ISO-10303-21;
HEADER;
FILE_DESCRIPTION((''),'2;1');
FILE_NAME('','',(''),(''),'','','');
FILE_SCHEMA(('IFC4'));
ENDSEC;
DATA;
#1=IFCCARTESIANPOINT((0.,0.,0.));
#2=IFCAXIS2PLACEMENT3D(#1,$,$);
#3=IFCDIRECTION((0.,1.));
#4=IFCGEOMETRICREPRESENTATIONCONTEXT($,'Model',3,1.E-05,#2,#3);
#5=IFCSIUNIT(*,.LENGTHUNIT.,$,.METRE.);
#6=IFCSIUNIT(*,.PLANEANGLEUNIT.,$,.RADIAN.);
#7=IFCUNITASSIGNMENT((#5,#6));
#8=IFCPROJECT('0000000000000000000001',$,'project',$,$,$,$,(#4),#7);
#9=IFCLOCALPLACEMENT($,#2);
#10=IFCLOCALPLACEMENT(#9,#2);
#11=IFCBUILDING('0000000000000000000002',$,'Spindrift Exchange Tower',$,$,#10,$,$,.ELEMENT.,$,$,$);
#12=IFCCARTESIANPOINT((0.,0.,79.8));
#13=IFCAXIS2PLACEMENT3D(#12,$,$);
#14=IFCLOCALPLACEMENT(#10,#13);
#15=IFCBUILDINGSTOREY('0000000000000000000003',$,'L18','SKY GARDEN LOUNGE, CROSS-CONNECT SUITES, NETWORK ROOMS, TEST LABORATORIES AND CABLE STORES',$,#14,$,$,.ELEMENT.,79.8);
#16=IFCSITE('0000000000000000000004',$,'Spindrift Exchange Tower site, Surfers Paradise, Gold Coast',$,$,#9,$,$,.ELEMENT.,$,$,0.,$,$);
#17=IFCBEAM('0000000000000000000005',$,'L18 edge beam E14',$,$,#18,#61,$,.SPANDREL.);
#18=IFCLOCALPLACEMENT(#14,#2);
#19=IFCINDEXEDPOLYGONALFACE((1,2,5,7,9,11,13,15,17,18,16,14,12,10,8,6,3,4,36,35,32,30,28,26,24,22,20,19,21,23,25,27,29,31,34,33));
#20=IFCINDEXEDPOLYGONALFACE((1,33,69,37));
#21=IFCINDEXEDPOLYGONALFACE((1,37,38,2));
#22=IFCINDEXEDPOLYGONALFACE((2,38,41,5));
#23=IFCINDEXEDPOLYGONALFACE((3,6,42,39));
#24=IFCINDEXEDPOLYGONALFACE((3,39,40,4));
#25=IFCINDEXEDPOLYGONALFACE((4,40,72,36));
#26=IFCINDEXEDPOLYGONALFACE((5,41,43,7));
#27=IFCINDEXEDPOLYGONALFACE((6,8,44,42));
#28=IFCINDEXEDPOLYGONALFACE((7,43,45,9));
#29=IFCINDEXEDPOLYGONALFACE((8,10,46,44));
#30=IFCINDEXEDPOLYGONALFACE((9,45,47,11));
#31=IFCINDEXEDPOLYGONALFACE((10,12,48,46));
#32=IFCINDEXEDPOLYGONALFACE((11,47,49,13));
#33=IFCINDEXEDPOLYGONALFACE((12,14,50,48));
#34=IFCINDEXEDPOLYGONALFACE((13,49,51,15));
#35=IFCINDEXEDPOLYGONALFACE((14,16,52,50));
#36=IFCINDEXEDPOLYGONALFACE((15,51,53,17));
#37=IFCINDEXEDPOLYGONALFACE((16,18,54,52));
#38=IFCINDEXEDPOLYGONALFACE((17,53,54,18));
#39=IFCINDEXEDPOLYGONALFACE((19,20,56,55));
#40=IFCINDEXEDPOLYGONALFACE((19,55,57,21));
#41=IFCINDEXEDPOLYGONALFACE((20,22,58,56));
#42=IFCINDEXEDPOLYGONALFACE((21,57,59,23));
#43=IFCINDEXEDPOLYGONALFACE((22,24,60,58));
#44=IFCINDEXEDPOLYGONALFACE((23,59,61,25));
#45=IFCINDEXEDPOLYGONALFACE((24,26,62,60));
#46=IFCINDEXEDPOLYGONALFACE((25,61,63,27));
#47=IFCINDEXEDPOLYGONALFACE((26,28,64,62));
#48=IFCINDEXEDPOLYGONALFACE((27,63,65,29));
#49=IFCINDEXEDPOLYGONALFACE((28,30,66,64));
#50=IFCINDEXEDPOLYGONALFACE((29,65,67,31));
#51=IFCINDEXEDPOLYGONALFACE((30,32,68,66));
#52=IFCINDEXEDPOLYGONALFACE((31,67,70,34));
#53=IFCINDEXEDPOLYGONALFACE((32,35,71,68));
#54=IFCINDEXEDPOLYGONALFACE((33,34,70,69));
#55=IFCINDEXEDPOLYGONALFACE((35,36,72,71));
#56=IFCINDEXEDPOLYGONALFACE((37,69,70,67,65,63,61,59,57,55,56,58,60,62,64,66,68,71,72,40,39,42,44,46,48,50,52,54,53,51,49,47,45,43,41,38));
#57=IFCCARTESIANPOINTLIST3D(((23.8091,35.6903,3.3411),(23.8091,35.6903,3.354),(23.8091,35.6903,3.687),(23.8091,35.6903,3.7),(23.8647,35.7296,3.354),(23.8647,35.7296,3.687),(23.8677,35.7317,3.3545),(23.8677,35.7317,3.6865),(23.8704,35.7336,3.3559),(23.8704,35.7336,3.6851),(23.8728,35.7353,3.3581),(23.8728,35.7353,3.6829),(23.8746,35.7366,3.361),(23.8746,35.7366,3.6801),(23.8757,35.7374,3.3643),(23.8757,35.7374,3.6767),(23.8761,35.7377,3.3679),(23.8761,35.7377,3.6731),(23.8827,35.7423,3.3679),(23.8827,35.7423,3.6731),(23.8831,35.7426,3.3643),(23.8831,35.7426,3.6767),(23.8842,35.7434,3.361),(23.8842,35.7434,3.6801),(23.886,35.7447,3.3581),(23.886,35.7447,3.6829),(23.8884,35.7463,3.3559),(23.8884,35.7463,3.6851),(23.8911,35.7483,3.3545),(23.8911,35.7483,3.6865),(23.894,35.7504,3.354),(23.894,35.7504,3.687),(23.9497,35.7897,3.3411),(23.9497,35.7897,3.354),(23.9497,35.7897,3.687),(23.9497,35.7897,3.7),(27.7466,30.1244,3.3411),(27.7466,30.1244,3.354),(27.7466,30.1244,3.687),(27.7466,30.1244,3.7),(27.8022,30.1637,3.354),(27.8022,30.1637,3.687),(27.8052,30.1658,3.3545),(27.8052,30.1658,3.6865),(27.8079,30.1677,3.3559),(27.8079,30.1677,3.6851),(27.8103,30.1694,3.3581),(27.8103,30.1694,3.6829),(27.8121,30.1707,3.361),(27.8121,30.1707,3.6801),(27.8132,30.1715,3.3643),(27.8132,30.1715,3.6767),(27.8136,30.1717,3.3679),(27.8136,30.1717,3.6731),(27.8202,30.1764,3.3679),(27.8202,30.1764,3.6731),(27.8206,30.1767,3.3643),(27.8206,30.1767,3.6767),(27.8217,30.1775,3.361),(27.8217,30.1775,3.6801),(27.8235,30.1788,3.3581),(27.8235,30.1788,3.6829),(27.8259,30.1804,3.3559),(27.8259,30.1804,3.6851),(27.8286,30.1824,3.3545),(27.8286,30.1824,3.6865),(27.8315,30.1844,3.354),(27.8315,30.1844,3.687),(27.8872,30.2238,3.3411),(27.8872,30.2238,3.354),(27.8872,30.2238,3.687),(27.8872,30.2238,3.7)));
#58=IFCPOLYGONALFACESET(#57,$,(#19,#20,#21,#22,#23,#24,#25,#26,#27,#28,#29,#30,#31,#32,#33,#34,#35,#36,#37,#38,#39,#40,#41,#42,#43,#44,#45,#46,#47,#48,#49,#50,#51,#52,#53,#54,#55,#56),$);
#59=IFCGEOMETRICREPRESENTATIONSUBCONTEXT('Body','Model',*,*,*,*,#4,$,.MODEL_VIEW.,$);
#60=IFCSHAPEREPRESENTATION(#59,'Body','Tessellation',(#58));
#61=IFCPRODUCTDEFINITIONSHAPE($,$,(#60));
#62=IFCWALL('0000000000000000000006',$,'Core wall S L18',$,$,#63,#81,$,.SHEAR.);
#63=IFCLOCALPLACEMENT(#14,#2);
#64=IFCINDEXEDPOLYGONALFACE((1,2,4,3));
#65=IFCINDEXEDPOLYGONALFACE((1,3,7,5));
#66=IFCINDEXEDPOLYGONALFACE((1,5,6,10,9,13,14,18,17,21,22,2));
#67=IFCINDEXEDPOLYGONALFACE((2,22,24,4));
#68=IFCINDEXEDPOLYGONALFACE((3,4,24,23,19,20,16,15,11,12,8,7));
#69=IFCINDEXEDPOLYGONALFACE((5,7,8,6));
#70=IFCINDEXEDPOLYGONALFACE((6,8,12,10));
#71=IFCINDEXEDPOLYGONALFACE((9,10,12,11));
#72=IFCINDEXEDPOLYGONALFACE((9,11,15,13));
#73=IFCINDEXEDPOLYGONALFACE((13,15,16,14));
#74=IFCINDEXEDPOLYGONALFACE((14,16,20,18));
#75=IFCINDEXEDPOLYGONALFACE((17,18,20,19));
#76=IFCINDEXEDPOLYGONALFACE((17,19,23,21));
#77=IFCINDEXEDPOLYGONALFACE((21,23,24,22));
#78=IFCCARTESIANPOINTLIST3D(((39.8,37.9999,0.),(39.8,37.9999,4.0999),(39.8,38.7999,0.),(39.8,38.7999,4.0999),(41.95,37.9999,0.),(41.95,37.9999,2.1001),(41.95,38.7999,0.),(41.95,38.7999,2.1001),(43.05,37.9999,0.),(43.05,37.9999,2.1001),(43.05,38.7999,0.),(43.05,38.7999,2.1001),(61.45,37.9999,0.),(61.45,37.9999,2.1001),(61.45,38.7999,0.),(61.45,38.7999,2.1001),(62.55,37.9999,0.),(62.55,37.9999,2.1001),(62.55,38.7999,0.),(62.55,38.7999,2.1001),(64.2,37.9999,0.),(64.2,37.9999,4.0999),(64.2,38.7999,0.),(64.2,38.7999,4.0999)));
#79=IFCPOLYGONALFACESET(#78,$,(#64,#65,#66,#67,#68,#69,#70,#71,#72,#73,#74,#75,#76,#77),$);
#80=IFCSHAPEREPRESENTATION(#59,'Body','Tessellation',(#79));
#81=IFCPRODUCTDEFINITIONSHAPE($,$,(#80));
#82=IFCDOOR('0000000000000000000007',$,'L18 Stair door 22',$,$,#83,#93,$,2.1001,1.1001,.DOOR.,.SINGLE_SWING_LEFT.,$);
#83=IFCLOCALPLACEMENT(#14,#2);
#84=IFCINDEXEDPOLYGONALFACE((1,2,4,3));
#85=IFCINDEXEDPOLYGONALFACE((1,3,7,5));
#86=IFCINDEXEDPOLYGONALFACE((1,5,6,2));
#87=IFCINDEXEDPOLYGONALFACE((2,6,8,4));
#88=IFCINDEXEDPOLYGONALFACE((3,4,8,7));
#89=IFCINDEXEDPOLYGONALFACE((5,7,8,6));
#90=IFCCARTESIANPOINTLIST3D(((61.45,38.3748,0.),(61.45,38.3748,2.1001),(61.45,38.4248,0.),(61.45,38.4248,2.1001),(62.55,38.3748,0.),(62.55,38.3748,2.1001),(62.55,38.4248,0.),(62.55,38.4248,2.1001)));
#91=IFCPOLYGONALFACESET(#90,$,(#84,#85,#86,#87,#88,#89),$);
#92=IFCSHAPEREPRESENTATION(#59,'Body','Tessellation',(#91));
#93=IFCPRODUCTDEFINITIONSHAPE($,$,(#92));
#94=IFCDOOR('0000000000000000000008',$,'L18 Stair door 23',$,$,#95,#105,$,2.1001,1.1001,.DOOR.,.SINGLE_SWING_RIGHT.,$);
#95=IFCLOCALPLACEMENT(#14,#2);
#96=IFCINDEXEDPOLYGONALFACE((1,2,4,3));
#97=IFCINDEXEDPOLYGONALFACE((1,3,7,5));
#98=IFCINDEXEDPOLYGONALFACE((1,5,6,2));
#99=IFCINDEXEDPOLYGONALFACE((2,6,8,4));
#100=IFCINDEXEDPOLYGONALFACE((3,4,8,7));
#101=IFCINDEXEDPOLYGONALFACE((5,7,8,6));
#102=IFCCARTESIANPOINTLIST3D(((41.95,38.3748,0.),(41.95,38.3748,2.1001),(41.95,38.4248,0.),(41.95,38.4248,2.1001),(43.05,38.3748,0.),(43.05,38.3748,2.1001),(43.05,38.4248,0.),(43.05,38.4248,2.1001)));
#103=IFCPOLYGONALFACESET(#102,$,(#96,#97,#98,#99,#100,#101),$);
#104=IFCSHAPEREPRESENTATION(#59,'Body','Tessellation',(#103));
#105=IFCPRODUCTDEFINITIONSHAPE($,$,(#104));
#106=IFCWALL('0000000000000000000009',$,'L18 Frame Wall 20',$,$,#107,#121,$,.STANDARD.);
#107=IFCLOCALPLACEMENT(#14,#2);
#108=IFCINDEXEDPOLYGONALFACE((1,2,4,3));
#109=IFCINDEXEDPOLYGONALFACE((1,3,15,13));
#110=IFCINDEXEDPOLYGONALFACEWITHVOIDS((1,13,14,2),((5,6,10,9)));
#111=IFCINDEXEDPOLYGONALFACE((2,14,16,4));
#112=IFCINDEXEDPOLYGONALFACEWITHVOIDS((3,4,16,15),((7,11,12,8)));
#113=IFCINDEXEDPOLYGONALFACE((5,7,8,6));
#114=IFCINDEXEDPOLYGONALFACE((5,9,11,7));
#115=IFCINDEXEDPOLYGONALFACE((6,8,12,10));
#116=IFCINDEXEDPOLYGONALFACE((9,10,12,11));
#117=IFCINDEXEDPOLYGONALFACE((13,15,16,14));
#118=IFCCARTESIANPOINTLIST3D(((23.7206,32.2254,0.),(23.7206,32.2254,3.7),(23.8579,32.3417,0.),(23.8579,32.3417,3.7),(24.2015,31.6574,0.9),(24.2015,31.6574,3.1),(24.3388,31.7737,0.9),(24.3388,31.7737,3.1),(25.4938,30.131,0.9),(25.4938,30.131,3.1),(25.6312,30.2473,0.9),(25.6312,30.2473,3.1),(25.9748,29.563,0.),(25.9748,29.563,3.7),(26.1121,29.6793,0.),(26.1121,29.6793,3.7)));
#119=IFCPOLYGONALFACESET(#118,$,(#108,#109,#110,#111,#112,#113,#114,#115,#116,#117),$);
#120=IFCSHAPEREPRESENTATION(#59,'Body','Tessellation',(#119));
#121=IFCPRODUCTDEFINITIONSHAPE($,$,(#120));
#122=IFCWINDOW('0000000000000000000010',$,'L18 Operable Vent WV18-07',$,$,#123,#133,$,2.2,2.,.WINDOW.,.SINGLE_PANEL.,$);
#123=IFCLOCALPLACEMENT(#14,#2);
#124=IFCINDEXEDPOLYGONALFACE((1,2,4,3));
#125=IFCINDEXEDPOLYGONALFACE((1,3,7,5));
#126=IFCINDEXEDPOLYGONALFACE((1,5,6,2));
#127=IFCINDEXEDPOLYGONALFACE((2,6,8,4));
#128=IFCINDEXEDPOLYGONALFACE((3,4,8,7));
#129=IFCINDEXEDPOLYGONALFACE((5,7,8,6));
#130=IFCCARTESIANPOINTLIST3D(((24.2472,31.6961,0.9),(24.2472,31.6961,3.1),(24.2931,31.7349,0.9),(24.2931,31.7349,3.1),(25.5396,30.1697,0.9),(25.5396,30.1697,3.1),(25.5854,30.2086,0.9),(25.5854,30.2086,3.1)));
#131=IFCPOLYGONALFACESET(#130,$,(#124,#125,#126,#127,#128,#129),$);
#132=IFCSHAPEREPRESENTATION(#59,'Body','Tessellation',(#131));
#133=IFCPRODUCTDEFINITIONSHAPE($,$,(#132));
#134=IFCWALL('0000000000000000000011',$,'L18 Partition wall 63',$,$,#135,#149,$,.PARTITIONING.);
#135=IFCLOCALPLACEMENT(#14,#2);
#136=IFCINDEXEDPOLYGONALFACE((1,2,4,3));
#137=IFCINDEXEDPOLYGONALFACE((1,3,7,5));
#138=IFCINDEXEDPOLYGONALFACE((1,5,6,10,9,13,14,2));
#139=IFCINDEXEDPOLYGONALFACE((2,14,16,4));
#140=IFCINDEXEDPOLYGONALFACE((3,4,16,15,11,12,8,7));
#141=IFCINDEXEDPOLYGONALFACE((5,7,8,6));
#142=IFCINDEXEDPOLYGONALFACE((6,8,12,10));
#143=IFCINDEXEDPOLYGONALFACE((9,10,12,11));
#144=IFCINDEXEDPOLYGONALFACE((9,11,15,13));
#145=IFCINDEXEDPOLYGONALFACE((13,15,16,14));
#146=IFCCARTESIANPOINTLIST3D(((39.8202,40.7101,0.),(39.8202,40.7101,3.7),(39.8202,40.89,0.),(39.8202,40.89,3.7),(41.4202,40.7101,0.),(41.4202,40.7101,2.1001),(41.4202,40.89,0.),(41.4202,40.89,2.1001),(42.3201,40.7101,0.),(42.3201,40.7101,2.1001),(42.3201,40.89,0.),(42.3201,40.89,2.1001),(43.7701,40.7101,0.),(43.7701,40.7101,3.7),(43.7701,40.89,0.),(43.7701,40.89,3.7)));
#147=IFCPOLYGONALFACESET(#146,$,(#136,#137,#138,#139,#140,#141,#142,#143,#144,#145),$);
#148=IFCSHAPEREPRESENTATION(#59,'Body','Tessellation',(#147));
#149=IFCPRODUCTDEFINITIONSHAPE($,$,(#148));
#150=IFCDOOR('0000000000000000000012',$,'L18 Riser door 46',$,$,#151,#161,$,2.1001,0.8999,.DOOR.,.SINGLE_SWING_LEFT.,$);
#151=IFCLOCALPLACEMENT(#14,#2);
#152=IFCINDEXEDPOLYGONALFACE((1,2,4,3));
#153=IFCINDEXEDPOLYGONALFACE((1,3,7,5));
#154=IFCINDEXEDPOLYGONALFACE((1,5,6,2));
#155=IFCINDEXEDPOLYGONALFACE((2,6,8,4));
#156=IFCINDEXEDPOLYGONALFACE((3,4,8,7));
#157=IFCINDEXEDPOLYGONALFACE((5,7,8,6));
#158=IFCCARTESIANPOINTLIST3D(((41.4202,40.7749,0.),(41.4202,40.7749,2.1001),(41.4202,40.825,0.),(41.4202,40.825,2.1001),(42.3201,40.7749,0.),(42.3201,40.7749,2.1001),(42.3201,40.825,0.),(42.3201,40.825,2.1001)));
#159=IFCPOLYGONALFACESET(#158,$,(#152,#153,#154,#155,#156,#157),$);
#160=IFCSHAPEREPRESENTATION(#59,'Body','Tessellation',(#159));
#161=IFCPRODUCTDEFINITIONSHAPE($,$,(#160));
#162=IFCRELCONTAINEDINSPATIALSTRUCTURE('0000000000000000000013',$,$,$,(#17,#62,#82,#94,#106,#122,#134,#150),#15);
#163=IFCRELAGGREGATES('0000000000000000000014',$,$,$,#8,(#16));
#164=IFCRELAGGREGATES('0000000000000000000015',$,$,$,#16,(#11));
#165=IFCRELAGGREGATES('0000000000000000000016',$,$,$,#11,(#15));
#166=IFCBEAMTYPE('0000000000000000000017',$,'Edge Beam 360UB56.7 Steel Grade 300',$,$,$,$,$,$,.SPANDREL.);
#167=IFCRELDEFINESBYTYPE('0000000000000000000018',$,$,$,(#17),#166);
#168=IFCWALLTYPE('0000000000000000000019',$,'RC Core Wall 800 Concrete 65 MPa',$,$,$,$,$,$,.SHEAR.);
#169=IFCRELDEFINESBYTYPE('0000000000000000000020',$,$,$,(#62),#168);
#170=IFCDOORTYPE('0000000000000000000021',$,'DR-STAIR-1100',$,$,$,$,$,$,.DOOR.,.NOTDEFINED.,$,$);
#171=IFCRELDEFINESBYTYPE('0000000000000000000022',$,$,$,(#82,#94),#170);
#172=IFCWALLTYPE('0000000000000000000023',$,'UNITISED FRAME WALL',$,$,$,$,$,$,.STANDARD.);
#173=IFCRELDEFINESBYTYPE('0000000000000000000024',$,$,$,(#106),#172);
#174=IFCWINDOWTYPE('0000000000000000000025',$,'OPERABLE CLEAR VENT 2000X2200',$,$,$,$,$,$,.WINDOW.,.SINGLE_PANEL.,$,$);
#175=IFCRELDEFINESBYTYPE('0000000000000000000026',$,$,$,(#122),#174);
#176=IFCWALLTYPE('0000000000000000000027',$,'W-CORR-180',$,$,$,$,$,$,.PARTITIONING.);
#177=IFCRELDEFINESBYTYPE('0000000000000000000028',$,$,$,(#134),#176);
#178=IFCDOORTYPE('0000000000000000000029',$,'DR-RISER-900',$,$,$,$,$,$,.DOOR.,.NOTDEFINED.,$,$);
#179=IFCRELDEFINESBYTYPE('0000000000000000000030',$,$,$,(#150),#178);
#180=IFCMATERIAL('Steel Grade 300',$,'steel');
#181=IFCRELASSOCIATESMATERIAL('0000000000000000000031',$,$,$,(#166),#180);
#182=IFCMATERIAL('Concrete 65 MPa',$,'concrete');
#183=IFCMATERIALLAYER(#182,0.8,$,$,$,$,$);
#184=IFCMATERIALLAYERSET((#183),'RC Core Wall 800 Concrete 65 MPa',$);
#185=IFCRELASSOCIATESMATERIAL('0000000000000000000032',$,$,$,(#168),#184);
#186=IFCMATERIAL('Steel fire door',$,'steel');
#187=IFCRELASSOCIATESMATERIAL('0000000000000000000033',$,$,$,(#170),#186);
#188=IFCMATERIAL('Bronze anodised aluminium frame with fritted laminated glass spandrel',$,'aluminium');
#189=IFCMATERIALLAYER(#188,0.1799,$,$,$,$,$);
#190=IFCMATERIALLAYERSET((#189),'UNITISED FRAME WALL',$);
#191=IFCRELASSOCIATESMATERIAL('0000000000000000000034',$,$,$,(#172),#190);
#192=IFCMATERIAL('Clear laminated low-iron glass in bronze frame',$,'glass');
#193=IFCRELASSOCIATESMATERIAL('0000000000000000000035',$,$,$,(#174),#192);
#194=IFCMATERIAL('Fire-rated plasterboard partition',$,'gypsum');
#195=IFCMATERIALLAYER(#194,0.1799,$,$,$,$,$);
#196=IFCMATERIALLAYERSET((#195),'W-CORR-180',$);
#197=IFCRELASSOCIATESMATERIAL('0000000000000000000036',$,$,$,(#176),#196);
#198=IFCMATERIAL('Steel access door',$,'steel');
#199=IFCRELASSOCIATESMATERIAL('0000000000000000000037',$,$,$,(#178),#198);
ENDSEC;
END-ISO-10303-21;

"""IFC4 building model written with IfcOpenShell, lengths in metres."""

from ifc_helpers import new_model, si_unit, direction, frame, frame_2d, origin, origin_2d, place, context, subcontext, project, spatial, rectangle, i_section, extrude, source, transform, mapped, material, layer, layer_set, material_profile, profile_set, type_object, element, fill, save


model = new_model("IFC4")

# Units and contexts
model_context = context("Model", 3, precision=1e-05, world=origin(), true_north=direction((0.0, 1.0)))
body_context = subcontext(model_context, "Body", "Model", "MODEL_VIEW")
ifc_project = project(units=[si_unit("LENGTHUNIT", "METRE"), si_unit("PLANEANGLEUNIT", "RADIAN")], contexts=[model_context])

# Site, building, storey
site_placement = place(None, origin())
site = spatial("IfcSite", under=ifc_project, at=site_placement, Name="Spindrift Exchange Tower site, Surfers Paradise, Gold Coast", CompositionType="ELEMENT", RefElevation=0.0)
building_placement = place(site_placement, origin())
building = spatial("IfcBuilding", under=site, at=building_placement, Name="Spindrift Exchange Tower", CompositionType="ELEMENT")
storey_placement = place(building_placement, frame((0.0, 0.0, 79.8)))
storey = spatial("IfcBuildingStorey", under=building, at=storey_placement, Name="L18", Description="SKY GARDEN LOUNGE, CROSS-CONNECT SUITES, NETWORK ROOMS, TEST LABORATORIES AND CABLE STORES", CompositionType="ELEMENT", Elevation=79.8)

# Shared definitions
ifc_material_1 = material(Name="Concrete 65 MPa", Category="concrete")

# Beam
ifc_material_2 = material(Name="Steel Grade 300", Category="steel")
ifc_material_profile_1 = material_profile(ifc_material_2, i_section(OverallWidth=0.1721, OverallDepth=0.3589, WebThickness=0.0081, FlangeThickness=0.0129, FilletRadius=0.0139, at=origin_2d()), Name="360UB56.7")
ifc_profile_set_1 = profile_set([ifc_material_profile_1], Name="Steel Grade 300")
beam_type_1 = type_object("IfcBeamType", Name="Edge Beam 360UB56.7 Steel Grade 300", PredefinedType="SPANDREL", material=ifc_profile_set_1)
shared_shape_1 = source(origin(), body_context, "Body", "SweptSolid", [
    extrude(i_section(OverallWidth=0.1721, OverallDepth=0.3589, WebThickness=0.0081, FlangeThickness=0.0129, FilletRadius=0.0139, at=origin_2d()), origin(), (0.0, 0.0, 1.0), 6.8179),
])
beam_1_placement = place(storey_placement, frame((23.8794, 35.74, 3.5205), z_axis=(0.577526, -0.816372, 0.0), x_axis=(0.816372, 0.577526, 0.0)))
element("IfcBeam", 1, at=beam_1_placement, inside=storey, type_object=beam_type_1, Name="L18 edge beam E14", PredefinedType="SPANDREL", context=body_context, shape_type="MappedRepresentation", body=[
    mapped(shared_shape_1, transform((0.0, 0.0, 0.0), scale=1.0)),
])

# Wall, openings, doors
ifc_layer_1 = layer(ifc_material_1, 0.8)
ifc_layer_set_1 = layer_set([ifc_layer_1], Name="RC Core Wall 800 Concrete 65 MPa")
wall_type_1 = type_object("IfcWallType", Name="RC Core Wall 800 Concrete 65 MPa", PredefinedType="SHEAR", material=ifc_layer_set_1)
wall_1_placement = place(storey_placement, frame((39.8, 38.3999, 0.0), z_axis=(0.0, 0.0, 1.0), x_axis=(1.0, 0.0, 0.0)))
wall_1 = element("IfcWall", 2, at=wall_1_placement, inside=storey, type_object=wall_type_1, Name="Core wall S L18", PredefinedType="SHEAR", context=body_context, shape_type="SweptSolid", body=[
    extrude(rectangle(XDim=24.3999, YDim=0.8, at=frame_2d((12.2, 0.0))), origin(), (0.0, 0.0, 1.0), 4.0999),
])
opening_1_placement = place(wall_1_placement, frame((21.6499, 0.0, 0.0)))
opening_1 = element("IfcOpeningElement", 3, at=opening_1_placement, cuts=wall_1, PredefinedType="OPENING", context=body_context, shape_type="SweptSolid", body=[
    extrude(rectangle(XDim=1.1001, YDim=2.1001, at=frame_2d((0.55, 1.05))), frame((0.0, 0.4099, 0.0), z_axis=(0.0, -1.0, 0.0), x_axis=(1.0, 0.0, 0.0)), (0.0, 0.0, 1.0), 0.8201),
])
opening_2_placement = place(wall_1_placement, frame((2.1499, 0.0, 0.0)))
opening_2 = element("IfcOpeningElement", 4, at=opening_2_placement, cuts=wall_1, PredefinedType="OPENING", context=body_context, shape_type="SweptSolid", body=[
    extrude(rectangle(XDim=1.1001, YDim=2.1001, at=frame_2d((0.55, 1.05))), frame((0.0, 0.4099, 0.0), z_axis=(0.0, -1.0, 0.0), x_axis=(1.0, 0.0, 0.0)), (0.0, 0.0, 1.0), 0.8201),
])
ifc_material_3 = material(Name="Steel fire door", Category="steel")
door_type_1 = type_object("IfcDoorType", Name="DR-STAIR-1100", OperationType="NOTDEFINED", PredefinedType="DOOR", material=ifc_material_3)
shared_shape_2 = source(origin(), body_context, "Body", "SweptSolid", [
    extrude(rectangle(XDim=1.1001, YDim=2.1001, at=frame_2d((0.55, 1.05))), frame((0.0, 0.0249, 0.0), z_axis=(0.0, -1.0, 0.0), x_axis=(1.0, 0.0, 0.0)), (0.0, 0.0, 1.0), 0.05),
])
door_1_placement = place(opening_1_placement, origin())
door_1 = element("IfcDoor", 5, at=door_1_placement, inside=storey, type_object=door_type_1, Name="L18 Stair door 22", OperationType="SINGLE_SWING_LEFT", OverallHeight=2.1001, OverallWidth=1.1001, PredefinedType="DOOR", context=body_context, shape_type="MappedRepresentation", body=[
    mapped(shared_shape_2, transform((0.0, 0.0, 0.0), scale=1.0)),
])
fill(opening_1, door_1)
door_2_placement = place(opening_2_placement, origin())
door_2 = element("IfcDoor", 6, at=door_2_placement, inside=storey, type_object=door_type_1, Name="L18 Stair door 23", OperationType="SINGLE_SWING_RIGHT", OverallHeight=2.1001, OverallWidth=1.1001, PredefinedType="DOOR", context=body_context, shape_type="MappedRepresentation", body=[
    mapped(shared_shape_2, transform((0.0, 0.0, 0.0), scale=1.0)),
])
fill(opening_2, door_2)

# Wall, opening, window
ifc_material_4 = material(Name="Bronze anodised aluminium frame with fritted laminated glass spandrel", Category="aluminium")
ifc_layer_2 = layer(ifc_material_4, 0.1799)
ifc_layer_set_2 = layer_set([ifc_layer_2], Name="UNITISED FRAME WALL")
wall_type_2 = type_object("IfcWallType", Name="UNITISED FRAME WALL", PredefinedType="STANDARD", material=ifc_layer_set_2)
wall_2_placement = place(storey_placement, frame((23.7893, 32.2834, 0.0), z_axis=(0.0, 0.0, 1.0), x_axis=(0.646174, -0.76319, 0.0)))
wall_2 = element("IfcWall", 7, at=wall_2_placement, inside=storey, type_object=wall_type_2, Name="L18 Frame Wall 20", PredefinedType="STANDARD", context=body_context, shape_type="SweptSolid", body=[
    extrude(rectangle(XDim=3.4885, YDim=0.1799, at=frame_2d((1.7441, 0.0))), origin(), (0.0, 0.0, 1.0), 3.7),
])
opening_3_placement = place(wall_2_placement, frame((0.7441, 0.0, 0.8999)))
opening_3 = element("IfcOpeningElement", 8, at=opening_3_placement, cuts=wall_2, PredefinedType="OPENING", context=body_context, shape_type="SweptSolid", body=[
    extrude(rectangle(XDim=2.0, YDim=2.2, at=frame_2d((1.0, 1.1001))), frame((0.0, 0.0999, 0.0), z_axis=(0.0, -1.0, 0.0), x_axis=(1.0, 0.0, 0.0)), (0.0, 0.0, 1.0), 0.2),
])
ifc_material_5 = material(Name="Clear laminated low-iron glass in bronze frame", Category="glass")
window_type = type_object("IfcWindowType", Name="OPERABLE CLEAR VENT 2000X2200", PartitioningType="SINGLE_PANEL", PredefinedType="WINDOW", material=ifc_material_5)
shared_shape_3 = source(origin(), body_context, "Body", "SweptSolid", [
    extrude(rectangle(XDim=2.0, YDim=2.2, at=frame_2d((1.0, 1.1001))), frame((0.0, 0.03, 0.0), z_axis=(0.0, -1.0, 0.0), x_axis=(1.0, 0.0, 0.0)), (0.0, 0.0, 1.0), 0.0601),
])
window_placement = place(opening_3_placement, origin())
window = element("IfcWindow", 9, at=window_placement, inside=storey, type_object=window_type, Name="L18 Operable Vent WV18-07", OverallHeight=2.2, OverallWidth=2.0, PartitioningType="SINGLE_PANEL", PredefinedType="WINDOW", context=body_context, shape_type="MappedRepresentation", body=[
    mapped(shared_shape_3, transform((0.0, 0.0, 0.0), scale=1.0)),
])
fill(opening_3, window)

# Wall, opening, door
ifc_material_6 = material(Name="Fire-rated plasterboard partition", Category="gypsum")
ifc_layer_3 = layer(ifc_material_6, 0.1799)
ifc_layer_set_3 = layer_set([ifc_layer_3], Name="W-CORR-180")
wall_type_3 = type_object("IfcWallType", Name="W-CORR-180", PredefinedType="PARTITIONING", material=ifc_layer_set_3)
wall_3_placement = place(storey_placement, frame((39.8201, 40.8, 0.0), z_axis=(0.0, 0.0, 1.0), x_axis=(1.0, 0.0, 0.0)))
wall_3 = element("IfcWall", 10, at=wall_3_placement, inside=storey, type_object=wall_type_3, Name="L18 Partition wall 63", PredefinedType="PARTITIONING", context=body_context, shape_type="SweptSolid", body=[
    extrude(rectangle(XDim=3.95, YDim=0.1799, at=frame_2d((1.9751, 0.0))), origin(), (0.0, 0.0, 1.0), 3.7),
])
opening_4_placement = place(wall_3_placement, frame((1.6001, 0.0, 0.0)))
opening_4 = element("IfcOpeningElement", 11, at=opening_4_placement, cuts=wall_3, PredefinedType="OPENING", context=body_context, shape_type="SweptSolid", body=[
    extrude(rectangle(XDim=0.8999, YDim=2.1001, at=frame_2d((0.45, 1.05))), frame((0.0, 0.0999, 0.0), z_axis=(0.0, -1.0, 0.0), x_axis=(1.0, 0.0, 0.0)), (0.0, 0.0, 1.0), 0.2),
])
ifc_material_7 = material(Name="Steel access door", Category="steel")
door_type_2 = type_object("IfcDoorType", Name="DR-RISER-900", OperationType="NOTDEFINED", PredefinedType="DOOR", material=ifc_material_7)
shared_shape_4 = source(origin(), body_context, "Body", "SweptSolid", [
    extrude(rectangle(XDim=0.8999, YDim=2.1001, at=frame_2d((0.45, 1.05))), frame((0.0, 0.0249, 0.0), z_axis=(0.0, -1.0, 0.0), x_axis=(1.0, 0.0, 0.0)), (0.0, 0.0, 1.0), 0.05),
])
door_3_placement = place(opening_4_placement, origin())
door_3 = element("IfcDoor", 12, at=door_3_placement, inside=storey, type_object=door_type_2, Name="L18 Riser door 46", OperationType="SINGLE_SWING_LEFT", OverallHeight=2.1001, OverallWidth=0.8999, PredefinedType="DOOR", context=body_context, shape_type="MappedRepresentation", body=[
    mapped(shared_shape_4, transform((0.0, 0.0, 0.0), scale=1.0)),
])
fill(opening_4, door_3)

save(model, "model.ifc")
